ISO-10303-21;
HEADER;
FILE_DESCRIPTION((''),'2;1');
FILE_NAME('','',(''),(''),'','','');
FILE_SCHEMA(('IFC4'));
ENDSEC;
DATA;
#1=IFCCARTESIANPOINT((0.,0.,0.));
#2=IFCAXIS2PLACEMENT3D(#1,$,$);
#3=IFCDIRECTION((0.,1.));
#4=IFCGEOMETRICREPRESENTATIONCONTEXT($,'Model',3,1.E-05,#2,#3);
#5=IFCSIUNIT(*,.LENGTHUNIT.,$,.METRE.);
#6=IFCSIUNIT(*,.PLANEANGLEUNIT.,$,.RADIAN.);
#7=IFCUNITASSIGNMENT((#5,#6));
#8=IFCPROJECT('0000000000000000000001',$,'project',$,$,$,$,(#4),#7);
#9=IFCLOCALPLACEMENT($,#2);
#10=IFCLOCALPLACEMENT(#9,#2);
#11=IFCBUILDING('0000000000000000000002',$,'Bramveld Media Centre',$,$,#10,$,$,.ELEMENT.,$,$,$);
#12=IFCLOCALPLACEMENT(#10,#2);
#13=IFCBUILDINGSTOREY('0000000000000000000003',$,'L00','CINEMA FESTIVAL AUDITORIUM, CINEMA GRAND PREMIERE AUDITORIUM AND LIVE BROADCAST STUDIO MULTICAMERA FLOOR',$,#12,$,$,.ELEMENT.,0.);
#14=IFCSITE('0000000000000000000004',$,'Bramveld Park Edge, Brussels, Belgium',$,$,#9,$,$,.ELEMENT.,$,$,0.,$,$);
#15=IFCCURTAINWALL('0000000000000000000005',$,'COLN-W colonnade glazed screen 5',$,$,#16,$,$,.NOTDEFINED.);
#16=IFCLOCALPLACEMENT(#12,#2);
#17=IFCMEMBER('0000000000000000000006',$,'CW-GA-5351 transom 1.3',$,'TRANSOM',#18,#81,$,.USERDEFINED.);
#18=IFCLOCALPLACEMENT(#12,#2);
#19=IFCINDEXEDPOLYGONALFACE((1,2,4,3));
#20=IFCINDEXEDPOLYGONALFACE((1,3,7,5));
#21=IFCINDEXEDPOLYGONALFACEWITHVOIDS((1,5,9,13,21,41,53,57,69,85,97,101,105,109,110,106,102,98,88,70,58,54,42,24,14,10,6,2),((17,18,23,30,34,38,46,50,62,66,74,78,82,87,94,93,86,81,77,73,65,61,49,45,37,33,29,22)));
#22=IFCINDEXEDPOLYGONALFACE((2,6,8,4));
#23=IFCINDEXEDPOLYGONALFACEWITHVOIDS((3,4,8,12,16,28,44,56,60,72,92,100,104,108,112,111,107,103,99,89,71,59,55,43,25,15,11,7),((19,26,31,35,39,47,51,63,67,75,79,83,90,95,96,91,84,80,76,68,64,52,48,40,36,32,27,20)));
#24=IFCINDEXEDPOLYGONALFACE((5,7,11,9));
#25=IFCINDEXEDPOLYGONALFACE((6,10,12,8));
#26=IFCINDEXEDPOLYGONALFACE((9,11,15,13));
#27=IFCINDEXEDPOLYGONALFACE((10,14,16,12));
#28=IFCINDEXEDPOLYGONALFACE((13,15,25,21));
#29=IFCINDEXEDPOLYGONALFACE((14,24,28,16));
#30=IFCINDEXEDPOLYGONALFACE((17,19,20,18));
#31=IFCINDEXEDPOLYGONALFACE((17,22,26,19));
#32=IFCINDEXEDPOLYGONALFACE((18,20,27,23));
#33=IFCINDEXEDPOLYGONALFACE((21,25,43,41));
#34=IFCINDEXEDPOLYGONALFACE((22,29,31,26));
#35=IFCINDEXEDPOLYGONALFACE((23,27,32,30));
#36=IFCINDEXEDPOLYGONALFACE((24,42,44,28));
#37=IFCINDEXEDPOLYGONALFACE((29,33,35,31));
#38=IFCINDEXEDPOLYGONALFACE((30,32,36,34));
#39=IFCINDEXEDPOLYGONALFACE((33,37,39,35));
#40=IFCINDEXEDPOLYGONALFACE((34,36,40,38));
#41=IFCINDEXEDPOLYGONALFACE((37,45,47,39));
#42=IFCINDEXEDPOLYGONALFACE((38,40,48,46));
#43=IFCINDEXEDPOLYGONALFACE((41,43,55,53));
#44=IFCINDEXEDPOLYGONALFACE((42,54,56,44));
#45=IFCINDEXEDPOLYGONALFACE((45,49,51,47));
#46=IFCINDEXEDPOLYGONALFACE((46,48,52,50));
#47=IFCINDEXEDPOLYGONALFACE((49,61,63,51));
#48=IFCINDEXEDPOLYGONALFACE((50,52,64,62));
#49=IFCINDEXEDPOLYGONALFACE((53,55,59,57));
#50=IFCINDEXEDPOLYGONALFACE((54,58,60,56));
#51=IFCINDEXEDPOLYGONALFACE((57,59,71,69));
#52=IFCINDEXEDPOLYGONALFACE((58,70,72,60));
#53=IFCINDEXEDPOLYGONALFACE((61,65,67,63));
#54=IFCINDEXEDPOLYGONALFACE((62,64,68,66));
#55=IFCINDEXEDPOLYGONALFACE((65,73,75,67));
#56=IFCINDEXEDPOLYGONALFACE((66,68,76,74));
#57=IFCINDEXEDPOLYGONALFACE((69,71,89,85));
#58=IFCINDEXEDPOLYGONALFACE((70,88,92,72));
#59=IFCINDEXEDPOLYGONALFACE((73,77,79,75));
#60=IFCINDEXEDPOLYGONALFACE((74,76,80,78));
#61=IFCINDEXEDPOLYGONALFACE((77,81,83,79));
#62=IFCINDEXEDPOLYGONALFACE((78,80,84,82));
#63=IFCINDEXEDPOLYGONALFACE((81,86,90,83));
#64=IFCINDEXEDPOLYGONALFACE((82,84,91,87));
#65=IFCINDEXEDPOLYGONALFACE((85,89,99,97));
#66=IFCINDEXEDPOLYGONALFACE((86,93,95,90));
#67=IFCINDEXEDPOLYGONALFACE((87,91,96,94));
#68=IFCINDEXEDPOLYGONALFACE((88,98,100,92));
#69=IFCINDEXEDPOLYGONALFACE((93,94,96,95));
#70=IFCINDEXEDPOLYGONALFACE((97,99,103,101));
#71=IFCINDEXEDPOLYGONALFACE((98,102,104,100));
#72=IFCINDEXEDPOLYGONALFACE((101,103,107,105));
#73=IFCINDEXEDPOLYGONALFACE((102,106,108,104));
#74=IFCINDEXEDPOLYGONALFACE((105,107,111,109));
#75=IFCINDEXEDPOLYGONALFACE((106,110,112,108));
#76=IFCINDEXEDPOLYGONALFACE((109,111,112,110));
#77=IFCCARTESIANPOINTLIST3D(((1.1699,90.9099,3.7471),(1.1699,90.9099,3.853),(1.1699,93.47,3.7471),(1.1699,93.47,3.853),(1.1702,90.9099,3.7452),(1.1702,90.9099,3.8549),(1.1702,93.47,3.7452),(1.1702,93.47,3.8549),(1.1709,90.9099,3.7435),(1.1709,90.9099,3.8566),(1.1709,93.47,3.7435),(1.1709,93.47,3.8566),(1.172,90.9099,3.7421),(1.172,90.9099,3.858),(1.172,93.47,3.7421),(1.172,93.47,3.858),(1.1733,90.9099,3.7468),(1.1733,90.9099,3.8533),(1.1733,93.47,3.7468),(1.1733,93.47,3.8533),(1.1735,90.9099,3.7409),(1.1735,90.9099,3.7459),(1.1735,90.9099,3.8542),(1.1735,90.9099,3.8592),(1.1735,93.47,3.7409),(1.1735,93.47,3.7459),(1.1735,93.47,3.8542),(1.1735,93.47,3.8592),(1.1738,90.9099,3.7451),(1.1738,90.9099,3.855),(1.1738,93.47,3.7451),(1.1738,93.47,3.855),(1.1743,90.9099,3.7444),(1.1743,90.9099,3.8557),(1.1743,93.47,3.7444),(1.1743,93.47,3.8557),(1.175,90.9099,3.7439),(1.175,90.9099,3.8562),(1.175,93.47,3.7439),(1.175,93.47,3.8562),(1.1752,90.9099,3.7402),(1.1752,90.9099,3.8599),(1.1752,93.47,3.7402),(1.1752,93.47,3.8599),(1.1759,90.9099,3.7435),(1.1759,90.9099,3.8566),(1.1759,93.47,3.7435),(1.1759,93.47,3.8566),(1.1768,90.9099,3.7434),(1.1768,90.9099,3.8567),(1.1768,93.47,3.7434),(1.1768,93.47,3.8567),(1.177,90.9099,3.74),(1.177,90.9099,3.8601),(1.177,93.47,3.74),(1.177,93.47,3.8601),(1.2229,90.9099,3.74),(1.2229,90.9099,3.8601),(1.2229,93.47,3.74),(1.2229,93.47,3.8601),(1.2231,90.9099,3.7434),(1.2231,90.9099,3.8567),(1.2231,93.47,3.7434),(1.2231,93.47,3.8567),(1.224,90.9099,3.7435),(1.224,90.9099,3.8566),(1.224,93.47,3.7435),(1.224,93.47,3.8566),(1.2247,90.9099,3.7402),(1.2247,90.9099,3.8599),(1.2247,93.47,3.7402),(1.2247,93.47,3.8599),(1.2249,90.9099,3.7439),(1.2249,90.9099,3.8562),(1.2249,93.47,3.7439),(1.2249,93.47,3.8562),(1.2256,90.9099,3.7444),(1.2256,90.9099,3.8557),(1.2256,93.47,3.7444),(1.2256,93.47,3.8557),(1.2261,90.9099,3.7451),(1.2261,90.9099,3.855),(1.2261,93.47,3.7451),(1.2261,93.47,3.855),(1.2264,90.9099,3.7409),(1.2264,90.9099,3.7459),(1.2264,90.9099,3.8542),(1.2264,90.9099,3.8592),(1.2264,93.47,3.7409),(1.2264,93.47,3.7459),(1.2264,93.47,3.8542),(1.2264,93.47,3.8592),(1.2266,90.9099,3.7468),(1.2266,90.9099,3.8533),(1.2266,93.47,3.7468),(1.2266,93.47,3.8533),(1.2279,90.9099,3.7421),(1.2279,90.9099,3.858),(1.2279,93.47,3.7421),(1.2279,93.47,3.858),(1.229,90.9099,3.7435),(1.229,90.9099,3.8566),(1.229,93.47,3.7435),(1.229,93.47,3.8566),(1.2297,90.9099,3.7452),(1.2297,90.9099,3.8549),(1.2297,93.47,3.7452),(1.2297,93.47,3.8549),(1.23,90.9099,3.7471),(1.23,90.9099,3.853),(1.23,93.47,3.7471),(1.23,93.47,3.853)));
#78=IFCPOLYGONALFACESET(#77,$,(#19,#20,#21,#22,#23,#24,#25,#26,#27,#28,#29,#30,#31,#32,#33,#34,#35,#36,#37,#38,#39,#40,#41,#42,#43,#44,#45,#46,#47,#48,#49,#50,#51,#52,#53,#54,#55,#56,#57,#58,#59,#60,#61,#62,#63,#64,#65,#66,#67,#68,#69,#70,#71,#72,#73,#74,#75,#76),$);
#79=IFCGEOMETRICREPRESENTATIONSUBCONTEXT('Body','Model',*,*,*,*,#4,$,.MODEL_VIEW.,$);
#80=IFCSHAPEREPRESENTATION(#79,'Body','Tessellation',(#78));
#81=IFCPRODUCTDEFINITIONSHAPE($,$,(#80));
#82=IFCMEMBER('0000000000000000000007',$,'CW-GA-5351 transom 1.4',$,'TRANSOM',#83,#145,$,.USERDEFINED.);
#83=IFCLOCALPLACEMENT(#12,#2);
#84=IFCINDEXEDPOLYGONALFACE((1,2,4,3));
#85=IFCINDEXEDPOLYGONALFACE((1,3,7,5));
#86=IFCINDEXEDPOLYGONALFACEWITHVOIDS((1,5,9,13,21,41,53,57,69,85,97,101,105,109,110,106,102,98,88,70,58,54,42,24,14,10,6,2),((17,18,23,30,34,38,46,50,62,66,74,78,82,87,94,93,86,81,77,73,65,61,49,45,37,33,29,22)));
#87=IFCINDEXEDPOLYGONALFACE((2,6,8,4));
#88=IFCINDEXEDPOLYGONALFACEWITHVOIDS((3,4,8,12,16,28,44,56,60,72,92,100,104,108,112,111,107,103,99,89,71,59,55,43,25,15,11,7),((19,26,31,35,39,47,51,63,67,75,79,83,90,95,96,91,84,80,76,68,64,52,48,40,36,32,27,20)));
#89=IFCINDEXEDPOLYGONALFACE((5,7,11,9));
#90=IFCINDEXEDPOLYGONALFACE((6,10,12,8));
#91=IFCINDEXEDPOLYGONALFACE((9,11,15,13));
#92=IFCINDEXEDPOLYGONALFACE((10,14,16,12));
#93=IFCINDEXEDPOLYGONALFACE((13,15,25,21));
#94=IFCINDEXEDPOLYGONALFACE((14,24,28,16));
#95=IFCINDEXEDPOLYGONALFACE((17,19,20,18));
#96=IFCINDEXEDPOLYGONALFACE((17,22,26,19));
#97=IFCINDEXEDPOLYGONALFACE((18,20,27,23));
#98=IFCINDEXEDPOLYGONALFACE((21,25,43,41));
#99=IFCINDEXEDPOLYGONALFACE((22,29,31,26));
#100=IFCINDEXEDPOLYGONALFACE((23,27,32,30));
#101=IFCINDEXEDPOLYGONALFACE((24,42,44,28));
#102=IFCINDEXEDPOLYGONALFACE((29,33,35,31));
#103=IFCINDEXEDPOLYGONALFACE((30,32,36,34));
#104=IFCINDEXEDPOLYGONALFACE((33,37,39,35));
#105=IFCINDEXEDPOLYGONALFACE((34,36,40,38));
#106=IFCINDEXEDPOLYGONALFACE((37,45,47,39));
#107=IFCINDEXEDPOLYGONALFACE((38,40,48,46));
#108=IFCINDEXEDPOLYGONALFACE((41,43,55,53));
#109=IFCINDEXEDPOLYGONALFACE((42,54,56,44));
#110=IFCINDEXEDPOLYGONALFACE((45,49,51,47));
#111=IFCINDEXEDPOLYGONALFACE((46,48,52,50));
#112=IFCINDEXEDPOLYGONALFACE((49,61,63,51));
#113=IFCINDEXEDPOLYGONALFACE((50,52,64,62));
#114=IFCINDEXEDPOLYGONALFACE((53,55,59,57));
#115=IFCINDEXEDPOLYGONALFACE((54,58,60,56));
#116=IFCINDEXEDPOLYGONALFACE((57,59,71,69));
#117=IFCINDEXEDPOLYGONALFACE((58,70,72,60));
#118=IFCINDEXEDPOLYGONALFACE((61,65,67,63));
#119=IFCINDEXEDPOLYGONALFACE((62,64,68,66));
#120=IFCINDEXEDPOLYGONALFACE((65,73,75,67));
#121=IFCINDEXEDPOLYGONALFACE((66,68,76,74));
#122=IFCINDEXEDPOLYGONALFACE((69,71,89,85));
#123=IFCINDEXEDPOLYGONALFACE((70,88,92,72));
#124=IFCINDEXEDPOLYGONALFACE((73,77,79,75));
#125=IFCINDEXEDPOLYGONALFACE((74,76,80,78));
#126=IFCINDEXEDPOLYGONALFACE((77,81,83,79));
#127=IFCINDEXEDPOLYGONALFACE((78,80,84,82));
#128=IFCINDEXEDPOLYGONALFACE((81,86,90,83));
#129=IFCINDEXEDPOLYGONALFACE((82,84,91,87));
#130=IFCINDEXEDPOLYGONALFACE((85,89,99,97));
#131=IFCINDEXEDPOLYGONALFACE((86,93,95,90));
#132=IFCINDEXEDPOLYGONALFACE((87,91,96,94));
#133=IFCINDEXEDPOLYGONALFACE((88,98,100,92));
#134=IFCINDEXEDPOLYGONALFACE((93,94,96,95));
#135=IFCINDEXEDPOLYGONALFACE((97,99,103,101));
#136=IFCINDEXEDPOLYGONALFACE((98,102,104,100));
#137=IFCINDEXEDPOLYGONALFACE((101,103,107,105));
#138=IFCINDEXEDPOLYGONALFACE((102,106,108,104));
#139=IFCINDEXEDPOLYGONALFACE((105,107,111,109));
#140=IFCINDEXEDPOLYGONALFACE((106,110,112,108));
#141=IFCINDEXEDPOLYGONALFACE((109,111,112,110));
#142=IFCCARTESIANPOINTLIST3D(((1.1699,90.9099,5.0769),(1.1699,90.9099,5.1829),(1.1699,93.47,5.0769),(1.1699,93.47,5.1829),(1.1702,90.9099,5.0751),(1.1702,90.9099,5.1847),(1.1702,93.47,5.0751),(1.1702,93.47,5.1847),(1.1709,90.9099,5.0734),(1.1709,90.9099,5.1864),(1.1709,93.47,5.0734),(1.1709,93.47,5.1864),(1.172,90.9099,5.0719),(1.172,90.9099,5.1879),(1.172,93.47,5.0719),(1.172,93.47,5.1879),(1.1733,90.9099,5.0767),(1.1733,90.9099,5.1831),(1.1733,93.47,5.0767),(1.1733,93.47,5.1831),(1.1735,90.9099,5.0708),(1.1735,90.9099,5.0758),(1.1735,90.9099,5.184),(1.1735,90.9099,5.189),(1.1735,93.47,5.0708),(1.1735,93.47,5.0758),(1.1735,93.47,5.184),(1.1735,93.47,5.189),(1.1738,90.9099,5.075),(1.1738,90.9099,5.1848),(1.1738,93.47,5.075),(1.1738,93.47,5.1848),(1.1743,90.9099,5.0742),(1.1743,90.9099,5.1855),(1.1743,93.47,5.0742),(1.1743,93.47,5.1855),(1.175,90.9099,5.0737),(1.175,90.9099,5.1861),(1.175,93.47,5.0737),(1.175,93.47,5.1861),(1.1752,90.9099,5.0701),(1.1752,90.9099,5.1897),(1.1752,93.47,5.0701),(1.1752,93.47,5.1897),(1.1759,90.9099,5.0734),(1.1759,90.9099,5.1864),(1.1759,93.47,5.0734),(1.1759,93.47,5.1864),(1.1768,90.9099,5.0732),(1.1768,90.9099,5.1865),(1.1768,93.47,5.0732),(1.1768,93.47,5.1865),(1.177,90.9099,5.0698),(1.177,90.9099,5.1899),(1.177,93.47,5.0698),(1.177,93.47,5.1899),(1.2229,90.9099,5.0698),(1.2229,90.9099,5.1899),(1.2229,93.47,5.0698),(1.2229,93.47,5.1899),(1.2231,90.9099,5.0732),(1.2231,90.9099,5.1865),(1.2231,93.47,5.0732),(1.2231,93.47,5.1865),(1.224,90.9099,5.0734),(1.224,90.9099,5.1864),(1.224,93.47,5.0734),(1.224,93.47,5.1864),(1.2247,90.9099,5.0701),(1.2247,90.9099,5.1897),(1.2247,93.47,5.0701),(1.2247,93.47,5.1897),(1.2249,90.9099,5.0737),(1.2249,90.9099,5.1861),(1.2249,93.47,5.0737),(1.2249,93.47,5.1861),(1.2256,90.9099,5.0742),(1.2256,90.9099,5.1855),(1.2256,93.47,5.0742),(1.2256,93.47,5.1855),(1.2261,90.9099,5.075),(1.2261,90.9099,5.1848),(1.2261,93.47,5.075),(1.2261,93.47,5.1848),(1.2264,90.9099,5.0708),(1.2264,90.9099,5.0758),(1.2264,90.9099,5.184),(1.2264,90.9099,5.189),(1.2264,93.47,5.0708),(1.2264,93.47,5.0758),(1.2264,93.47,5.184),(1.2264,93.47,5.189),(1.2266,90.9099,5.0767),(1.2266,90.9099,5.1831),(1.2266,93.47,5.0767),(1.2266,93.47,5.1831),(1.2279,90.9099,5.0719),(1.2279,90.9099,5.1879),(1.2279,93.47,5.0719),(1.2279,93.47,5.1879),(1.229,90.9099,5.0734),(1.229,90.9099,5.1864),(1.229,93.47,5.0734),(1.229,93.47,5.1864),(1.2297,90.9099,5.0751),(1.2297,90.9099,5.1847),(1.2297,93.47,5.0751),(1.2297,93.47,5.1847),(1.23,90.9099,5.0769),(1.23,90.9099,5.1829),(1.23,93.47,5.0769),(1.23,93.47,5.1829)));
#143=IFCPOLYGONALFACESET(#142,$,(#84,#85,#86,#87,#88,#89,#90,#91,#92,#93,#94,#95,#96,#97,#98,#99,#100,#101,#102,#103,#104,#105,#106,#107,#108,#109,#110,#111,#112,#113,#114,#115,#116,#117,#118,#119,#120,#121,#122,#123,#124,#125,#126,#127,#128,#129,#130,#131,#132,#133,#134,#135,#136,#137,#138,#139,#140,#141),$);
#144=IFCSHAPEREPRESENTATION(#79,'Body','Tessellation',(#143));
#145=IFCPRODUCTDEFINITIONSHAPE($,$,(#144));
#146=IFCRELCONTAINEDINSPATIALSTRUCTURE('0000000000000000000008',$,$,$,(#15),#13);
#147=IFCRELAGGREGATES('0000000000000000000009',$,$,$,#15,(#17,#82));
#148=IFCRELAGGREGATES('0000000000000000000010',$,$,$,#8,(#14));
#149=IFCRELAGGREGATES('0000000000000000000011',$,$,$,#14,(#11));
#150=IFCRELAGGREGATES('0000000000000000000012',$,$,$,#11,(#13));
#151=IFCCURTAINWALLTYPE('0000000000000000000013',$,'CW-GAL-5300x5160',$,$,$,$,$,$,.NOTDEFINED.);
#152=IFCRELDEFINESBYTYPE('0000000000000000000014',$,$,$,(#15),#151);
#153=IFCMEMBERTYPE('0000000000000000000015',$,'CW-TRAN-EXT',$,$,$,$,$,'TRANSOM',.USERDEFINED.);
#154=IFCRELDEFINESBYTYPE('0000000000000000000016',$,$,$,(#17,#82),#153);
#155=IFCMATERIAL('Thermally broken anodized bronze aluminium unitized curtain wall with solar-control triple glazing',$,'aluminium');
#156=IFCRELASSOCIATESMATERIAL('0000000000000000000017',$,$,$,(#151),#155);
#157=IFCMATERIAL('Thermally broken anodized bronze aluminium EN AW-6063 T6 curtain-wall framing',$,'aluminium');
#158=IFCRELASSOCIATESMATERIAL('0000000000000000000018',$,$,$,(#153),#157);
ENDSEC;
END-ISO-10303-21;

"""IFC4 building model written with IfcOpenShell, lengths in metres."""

from ifc_helpers import new_model, si_unit, direction, frame, origin, origin_2d, place, context, subcontext, project, spatial, hollow_rectangle, extrude, material, material_profile, profile_set, type_object, element, aggregate, save


model = new_model("IFC4")

# Units and contexts
model_context = context("Model", 3, precision=1e-05, world=origin(), true_north=direction((0.0, 1.0)))
body_context = subcontext(model_context, "Body", "Model", "MODEL_VIEW")
ifc_project = project(units=[si_unit("LENGTHUNIT", "METRE"), si_unit("PLANEANGLEUNIT", "RADIAN")], contexts=[model_context])

# Site, building, storey
site_placement = place(None, origin())
site = spatial("IfcSite", under=ifc_project, at=site_placement, Name="Bramveld Park Edge, Brussels, Belgium", CompositionType="ELEMENT", RefElevation=0.0)
building_placement = place(site_placement, origin())
building = spatial("IfcBuilding", under=site, at=building_placement, Name="Bramveld Media Centre", CompositionType="ELEMENT")
storey_placement = place(building_placement, origin())
storey = spatial("IfcBuildingStorey", under=building, at=storey_placement, Name="L00", Description="CINEMA FESTIVAL AUDITORIUM, CINEMA GRAND PREMIERE AUDITORIUM AND LIVE BROADCAST STUDIO MULTICAMERA FLOOR", CompositionType="ELEMENT", Elevation=0.0)

# Curtain wall
ifc_material_1 = material(Name="Thermally broken anodized bronze aluminium unitized curtain wall with solar-control triple glazing", Category="aluminium")
curtain_wall_type_1 = type_object("IfcCurtainWallType", Name="CW-GAL-5300x5160", PredefinedType="NOTDEFINED", material=ifc_material_1)
curtain_wall_1_placement = place(storey_placement, origin())
curtain_wall_1 = element("IfcCurtainWall", 1, at=curtain_wall_1_placement, inside=storey, type_object=curtain_wall_type_1, Name="COLN-W colonnade glazed screen 5", PredefinedType="NOTDEFINED")

# Members
ifc_material_2 = material(Name="Thermally broken anodized bronze aluminium EN AW-6063 T6 curtain-wall framing", Category="aluminium")
ifc_material_profile_1 = material_profile(ifc_material_2, hollow_rectangle(XDim=0.0601, YDim=0.1201, WallThickness=0.0034, InnerFilletRadius=0.0034, OuterFilletRadius=0.0071, at=origin_2d()), Name="AL-TRAN 60x120")
ifc_profile_set_1 = profile_set([ifc_material_profile_1], Name="Thermally broken anodized bronze aluminium EN AW-6063 T6 curtain-wall framing")
member_type_1 = type_object("IfcMemberType", Name="CW-TRAN-EXT", ElementType="TRANSOM", PredefinedType="USERDEFINED", material=ifc_profile_set_1)
member_1_placement = place(storey_placement, frame((1.2, 90.9099, 3.8), z_axis=(0.0, 1.0, 0.0), x_axis=(-1.0, 0.0, 0.0)))
member_1 = element("IfcMember", 2, at=member_1_placement, type_object=member_type_1, Name="CW-GA-5351 transom 1.3", ObjectType="TRANSOM", PredefinedType="USERDEFINED", context=body_context, shape_type="SweptSolid", body=[
    extrude(hollow_rectangle(XDim=0.0601, YDim=0.1201, WallThickness=0.0034, InnerFilletRadius=0.0034, OuterFilletRadius=0.0071, at=origin_2d()), origin(), (0.0, 0.0, 1.0), 2.5601),
])
member_2_placement = place(storey_placement, frame((1.2, 90.9099, 5.1299), z_axis=(0.0, 1.0, 0.0), x_axis=(-1.0, 0.0, 0.0)))
member_2 = element("IfcMember", 3, at=member_2_placement, type_object=member_type_1, Name="CW-GA-5351 transom 1.4", ObjectType="TRANSOM", PredefinedType="USERDEFINED", context=body_context, shape_type="SweptSolid", body=[
    extrude(hollow_rectangle(XDim=0.0601, YDim=0.1201, WallThickness=0.0034, InnerFilletRadius=0.0034, OuterFilletRadius=0.0071, at=origin_2d()), origin(), (0.0, 0.0, 1.0), 2.5601),
])

aggregate(curtain_wall_1, [member_1, member_2])

save(model, "model.ifc")
